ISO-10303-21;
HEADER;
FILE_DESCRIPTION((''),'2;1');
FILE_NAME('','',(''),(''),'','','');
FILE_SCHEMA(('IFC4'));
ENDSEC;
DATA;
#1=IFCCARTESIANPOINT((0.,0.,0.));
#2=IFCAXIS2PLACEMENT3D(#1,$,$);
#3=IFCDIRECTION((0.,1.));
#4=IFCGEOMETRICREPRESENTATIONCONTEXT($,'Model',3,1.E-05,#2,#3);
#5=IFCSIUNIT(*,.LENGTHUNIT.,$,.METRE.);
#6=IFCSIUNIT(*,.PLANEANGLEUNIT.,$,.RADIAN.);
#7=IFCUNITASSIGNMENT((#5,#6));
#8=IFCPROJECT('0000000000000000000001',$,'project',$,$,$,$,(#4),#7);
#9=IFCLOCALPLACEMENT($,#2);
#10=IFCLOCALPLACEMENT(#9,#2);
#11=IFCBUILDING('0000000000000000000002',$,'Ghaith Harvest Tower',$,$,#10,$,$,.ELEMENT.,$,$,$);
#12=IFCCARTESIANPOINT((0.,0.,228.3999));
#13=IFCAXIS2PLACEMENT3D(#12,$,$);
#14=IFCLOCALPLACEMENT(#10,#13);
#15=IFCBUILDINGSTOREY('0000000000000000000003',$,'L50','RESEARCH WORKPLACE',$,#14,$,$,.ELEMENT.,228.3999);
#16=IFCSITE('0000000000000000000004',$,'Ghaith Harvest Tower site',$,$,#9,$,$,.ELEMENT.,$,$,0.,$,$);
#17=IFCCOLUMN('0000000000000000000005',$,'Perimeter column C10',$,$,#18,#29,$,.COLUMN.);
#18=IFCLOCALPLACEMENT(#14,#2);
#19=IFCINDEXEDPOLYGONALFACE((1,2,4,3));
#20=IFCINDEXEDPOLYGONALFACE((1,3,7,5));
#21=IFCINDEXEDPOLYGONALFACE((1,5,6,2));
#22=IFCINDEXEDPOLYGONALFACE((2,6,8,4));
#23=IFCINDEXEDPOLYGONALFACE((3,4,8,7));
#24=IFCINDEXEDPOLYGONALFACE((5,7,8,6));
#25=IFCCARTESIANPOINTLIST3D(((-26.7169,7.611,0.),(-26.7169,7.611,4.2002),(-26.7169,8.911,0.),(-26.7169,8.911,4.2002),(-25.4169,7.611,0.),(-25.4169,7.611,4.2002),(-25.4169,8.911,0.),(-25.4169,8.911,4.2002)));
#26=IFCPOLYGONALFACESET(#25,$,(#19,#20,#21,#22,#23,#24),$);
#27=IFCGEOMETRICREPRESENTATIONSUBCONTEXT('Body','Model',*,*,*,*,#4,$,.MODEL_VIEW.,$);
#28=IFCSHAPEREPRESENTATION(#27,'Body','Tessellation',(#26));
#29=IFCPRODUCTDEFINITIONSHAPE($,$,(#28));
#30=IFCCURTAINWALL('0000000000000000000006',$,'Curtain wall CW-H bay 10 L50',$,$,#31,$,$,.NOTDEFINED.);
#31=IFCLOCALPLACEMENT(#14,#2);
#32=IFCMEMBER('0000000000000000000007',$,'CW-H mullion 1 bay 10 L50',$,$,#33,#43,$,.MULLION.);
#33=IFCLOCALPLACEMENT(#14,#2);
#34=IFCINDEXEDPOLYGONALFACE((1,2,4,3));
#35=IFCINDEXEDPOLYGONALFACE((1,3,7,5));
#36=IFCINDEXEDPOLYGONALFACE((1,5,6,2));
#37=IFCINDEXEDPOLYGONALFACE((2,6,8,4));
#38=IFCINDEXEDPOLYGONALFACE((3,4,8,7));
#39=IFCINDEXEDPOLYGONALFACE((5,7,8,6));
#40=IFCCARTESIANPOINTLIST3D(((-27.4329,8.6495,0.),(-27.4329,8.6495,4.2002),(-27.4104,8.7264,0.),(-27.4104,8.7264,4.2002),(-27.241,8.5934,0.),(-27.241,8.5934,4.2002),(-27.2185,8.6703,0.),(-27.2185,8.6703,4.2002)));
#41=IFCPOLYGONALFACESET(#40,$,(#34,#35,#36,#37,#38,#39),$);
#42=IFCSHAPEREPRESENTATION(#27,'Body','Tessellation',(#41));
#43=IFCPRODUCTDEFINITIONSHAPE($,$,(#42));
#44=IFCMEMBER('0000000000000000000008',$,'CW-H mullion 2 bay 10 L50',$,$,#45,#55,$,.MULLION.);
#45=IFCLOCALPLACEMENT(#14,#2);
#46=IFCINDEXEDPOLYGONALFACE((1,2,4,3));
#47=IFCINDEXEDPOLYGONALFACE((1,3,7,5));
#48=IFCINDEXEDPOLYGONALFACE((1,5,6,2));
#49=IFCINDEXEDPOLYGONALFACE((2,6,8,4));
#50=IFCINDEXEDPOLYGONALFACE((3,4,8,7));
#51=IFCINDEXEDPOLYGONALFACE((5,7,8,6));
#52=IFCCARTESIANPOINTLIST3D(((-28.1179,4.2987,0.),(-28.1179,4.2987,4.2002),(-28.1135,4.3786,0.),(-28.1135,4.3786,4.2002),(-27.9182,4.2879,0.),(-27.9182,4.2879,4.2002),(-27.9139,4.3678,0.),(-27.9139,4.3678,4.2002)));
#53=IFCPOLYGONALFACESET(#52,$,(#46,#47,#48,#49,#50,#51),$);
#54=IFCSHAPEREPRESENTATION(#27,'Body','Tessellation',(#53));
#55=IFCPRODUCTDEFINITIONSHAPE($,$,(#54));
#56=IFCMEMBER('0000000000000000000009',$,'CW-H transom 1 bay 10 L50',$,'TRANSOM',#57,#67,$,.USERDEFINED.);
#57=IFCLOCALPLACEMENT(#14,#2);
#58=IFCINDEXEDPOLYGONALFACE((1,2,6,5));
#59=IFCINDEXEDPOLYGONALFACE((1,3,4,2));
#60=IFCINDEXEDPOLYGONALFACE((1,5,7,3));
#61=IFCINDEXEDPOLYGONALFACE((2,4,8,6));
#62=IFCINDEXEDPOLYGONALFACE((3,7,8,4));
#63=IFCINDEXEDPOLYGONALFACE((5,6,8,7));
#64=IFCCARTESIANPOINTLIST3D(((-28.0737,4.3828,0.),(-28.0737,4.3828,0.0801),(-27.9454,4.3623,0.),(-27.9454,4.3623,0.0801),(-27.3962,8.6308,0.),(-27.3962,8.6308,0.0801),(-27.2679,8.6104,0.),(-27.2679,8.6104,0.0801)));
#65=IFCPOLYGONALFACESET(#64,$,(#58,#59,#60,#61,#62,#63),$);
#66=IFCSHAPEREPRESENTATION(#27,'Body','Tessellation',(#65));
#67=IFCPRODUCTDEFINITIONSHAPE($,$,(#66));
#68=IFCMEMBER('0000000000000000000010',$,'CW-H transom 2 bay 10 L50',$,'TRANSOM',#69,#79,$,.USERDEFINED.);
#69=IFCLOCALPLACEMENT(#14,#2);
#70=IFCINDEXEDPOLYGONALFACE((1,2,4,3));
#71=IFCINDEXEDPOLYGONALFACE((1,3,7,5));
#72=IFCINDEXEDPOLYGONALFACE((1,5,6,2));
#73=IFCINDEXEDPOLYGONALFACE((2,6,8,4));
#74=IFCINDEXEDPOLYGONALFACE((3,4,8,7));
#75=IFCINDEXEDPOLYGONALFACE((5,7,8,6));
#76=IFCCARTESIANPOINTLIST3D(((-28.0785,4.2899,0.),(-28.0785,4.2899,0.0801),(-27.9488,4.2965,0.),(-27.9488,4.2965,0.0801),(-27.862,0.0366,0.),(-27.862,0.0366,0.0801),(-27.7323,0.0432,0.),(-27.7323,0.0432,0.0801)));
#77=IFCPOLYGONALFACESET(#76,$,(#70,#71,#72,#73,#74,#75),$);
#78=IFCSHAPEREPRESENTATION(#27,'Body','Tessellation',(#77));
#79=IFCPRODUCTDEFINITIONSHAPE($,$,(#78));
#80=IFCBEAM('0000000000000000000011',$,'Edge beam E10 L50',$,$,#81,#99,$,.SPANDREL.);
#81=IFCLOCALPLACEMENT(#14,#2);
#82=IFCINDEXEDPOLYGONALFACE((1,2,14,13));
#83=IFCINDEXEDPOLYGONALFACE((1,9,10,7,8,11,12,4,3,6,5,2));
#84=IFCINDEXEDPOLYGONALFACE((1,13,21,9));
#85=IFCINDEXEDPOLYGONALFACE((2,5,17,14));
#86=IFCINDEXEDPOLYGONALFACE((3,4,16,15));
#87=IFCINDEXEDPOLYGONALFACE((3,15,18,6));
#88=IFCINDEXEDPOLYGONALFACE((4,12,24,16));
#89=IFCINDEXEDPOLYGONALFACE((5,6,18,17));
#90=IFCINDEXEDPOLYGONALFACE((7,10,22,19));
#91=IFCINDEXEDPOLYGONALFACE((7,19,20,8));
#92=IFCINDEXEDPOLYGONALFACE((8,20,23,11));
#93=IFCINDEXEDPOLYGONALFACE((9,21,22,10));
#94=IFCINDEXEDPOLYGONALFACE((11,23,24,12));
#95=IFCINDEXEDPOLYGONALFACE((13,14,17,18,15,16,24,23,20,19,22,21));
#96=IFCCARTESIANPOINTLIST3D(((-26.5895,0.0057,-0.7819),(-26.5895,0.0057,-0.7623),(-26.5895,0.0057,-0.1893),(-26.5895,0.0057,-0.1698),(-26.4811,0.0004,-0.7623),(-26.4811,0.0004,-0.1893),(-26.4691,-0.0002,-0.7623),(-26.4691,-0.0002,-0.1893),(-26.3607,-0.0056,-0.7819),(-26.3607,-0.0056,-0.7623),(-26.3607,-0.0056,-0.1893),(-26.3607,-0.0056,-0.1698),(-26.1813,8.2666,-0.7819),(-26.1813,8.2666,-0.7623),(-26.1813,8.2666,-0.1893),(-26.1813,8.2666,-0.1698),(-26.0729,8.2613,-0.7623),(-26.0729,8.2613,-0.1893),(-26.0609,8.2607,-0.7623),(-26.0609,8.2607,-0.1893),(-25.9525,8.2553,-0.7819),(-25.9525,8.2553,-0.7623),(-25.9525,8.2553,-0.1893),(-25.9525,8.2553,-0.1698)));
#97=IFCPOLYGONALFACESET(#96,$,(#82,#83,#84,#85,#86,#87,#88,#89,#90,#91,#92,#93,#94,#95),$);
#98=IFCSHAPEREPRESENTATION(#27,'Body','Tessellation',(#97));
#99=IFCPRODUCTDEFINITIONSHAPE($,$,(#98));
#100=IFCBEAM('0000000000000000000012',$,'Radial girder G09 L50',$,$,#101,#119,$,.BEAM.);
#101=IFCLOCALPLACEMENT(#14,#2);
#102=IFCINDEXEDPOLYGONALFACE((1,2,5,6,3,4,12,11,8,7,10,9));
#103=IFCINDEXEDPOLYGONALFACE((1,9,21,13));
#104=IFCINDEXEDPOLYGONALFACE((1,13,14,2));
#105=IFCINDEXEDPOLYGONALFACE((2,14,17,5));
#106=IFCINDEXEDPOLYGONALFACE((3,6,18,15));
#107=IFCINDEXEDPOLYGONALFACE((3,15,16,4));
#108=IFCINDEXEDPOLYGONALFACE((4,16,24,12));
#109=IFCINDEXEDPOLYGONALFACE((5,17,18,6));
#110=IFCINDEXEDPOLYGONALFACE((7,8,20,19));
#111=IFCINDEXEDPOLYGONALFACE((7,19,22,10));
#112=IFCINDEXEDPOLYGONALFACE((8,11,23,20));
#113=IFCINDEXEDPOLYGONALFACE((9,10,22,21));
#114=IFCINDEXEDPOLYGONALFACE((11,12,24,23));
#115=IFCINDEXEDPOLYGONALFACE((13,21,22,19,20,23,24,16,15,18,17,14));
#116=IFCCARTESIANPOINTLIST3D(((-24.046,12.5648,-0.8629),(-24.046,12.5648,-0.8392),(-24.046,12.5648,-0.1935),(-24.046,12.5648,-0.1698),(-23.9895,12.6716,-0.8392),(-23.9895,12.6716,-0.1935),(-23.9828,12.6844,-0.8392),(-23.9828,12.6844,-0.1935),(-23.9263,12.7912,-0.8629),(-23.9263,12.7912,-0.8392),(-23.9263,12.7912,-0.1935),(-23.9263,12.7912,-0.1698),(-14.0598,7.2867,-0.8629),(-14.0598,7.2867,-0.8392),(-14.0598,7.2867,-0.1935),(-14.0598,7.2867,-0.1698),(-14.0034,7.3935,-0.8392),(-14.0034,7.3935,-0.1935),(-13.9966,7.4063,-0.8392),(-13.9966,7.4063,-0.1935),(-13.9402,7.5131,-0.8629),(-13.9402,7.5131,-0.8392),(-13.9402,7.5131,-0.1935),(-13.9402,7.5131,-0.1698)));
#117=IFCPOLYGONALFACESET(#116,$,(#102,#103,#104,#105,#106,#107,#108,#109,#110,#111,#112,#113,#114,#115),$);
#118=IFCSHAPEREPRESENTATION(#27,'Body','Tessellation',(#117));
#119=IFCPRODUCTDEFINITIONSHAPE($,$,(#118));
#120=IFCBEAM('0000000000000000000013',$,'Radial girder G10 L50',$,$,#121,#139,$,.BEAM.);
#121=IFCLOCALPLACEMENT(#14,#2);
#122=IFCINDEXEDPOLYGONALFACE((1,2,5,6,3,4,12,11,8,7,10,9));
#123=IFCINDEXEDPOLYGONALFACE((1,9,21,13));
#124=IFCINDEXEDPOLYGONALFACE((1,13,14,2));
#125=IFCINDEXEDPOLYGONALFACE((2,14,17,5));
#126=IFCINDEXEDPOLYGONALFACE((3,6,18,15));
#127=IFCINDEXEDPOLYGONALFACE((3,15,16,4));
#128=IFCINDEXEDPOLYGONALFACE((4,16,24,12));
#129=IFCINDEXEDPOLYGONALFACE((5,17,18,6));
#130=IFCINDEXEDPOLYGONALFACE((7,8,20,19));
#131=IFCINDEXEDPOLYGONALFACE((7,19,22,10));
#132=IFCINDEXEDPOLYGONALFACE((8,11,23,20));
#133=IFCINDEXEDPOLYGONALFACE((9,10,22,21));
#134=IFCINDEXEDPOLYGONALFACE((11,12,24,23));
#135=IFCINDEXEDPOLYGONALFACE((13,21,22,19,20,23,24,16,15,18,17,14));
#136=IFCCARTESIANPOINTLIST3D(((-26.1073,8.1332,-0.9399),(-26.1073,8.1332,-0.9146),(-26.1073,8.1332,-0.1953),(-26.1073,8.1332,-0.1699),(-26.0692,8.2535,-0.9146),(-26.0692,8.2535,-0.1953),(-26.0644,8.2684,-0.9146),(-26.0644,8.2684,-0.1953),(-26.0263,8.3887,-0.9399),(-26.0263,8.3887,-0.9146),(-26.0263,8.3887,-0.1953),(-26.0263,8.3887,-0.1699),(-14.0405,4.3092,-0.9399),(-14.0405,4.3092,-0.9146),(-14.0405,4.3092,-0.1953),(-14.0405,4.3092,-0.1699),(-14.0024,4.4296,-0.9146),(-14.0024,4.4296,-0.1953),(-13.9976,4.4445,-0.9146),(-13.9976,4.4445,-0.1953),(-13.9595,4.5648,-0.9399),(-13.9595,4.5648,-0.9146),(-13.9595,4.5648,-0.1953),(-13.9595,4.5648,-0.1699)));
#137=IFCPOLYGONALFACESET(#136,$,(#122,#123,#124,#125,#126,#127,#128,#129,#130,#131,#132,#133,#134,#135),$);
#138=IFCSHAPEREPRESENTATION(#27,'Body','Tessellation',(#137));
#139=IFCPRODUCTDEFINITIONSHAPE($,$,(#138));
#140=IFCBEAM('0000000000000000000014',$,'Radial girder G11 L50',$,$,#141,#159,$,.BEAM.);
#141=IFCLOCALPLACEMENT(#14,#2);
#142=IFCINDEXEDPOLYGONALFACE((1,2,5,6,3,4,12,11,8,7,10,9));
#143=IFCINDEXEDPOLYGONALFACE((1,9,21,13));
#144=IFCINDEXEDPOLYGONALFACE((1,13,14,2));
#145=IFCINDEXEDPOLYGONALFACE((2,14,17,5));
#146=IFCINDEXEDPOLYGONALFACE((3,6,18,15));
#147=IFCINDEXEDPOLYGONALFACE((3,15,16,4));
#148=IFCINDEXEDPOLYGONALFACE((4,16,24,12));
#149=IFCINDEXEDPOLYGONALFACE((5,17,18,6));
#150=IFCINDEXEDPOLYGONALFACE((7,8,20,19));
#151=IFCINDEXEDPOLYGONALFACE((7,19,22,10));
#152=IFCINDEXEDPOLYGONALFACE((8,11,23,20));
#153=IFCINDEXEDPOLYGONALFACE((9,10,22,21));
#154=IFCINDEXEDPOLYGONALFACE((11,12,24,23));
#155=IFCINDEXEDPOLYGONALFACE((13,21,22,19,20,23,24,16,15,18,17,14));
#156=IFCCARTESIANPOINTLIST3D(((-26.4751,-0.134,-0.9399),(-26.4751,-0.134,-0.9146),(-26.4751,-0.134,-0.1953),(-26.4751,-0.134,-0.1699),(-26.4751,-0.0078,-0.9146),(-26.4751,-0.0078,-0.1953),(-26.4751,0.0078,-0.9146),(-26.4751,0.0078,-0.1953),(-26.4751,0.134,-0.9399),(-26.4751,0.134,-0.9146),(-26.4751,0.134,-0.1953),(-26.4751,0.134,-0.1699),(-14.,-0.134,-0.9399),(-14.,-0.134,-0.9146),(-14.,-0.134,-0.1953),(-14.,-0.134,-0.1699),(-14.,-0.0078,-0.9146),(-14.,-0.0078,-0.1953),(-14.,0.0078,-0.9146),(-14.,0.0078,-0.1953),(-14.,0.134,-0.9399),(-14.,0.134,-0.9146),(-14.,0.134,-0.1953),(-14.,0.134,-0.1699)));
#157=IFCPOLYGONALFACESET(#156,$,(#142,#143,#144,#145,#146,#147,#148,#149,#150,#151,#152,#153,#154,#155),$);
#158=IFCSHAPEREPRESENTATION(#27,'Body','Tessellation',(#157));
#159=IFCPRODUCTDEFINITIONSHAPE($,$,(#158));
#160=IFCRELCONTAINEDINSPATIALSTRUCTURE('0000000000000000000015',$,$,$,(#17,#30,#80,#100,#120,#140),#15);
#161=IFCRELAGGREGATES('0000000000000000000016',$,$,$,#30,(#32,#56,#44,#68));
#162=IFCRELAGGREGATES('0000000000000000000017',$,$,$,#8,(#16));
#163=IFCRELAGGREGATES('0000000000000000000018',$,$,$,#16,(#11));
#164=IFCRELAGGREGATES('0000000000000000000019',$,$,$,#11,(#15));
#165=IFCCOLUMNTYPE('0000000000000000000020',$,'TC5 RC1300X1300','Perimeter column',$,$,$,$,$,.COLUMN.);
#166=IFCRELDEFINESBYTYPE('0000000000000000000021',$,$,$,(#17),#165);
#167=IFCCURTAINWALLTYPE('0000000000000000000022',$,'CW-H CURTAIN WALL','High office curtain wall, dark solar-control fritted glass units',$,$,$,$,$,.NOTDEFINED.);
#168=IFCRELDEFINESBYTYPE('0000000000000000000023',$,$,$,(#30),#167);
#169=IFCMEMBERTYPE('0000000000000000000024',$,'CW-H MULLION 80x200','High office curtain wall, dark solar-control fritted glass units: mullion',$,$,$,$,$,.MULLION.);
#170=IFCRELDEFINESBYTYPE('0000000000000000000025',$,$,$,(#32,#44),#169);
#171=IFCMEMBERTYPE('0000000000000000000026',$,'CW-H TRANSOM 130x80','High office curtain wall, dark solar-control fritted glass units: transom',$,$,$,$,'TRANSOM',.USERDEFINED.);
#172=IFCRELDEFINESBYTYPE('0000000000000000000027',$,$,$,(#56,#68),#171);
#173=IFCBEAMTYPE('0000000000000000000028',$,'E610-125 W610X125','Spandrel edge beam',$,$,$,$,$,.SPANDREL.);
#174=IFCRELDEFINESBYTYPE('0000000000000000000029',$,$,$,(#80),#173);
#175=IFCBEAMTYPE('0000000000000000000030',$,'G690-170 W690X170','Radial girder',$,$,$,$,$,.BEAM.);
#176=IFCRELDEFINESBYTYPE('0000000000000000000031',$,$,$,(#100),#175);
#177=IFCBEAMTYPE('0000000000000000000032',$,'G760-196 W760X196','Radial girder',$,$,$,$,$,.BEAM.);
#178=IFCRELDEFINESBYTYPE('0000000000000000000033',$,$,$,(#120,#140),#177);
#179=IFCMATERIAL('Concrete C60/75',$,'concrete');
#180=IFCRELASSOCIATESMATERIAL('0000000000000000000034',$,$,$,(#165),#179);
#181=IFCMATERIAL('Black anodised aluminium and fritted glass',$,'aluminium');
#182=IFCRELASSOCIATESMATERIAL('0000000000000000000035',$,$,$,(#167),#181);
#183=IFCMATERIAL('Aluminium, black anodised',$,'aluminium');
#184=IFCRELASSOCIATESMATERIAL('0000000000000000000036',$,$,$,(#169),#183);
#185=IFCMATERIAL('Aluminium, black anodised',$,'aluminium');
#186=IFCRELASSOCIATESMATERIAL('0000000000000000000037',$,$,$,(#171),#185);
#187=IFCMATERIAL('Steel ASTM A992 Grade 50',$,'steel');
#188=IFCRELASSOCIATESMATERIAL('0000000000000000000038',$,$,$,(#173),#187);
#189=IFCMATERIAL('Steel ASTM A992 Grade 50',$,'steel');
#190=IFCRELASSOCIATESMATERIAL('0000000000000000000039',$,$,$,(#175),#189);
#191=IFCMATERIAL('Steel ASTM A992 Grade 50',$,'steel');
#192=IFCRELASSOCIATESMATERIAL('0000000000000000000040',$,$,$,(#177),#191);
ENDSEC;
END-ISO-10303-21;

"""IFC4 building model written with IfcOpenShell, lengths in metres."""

from ifc_helpers import new_model, si_unit, direction, frame, origin, origin_2d, place, context, subcontext, project, spatial, rectangle, i_section, extrude, material, material_profile, profile_set, type_object, element, aggregate, save


model = new_model("IFC4")

# Units and contexts
model_context = context("Model", 3, precision=1e-05, world=origin(), true_north=direction((0.0, 1.0)))
body_context = subcontext(model_context, "Body", "Model", "MODEL_VIEW")
ifc_project = project(units=[si_unit("LENGTHUNIT", "METRE"), si_unit("PLANEANGLEUNIT", "RADIAN")], contexts=[model_context])

# Site, building, storey
site_placement = place(None, origin())
site = spatial("IfcSite", under=ifc_project, at=site_placement, Name="Ghaith Harvest Tower site", CompositionType="ELEMENT", RefElevation=0.0)
building_placement = place(site_placement, origin())
building = spatial("IfcBuilding", under=site, at=building_placement, Name="Ghaith Harvest Tower", CompositionType="ELEMENT")
storey_placement = place(building_placement, frame((0.0, 0.0, 228.3999)))
storey = spatial("IfcBuildingStorey", under=building, at=storey_placement, Name="L50", Description="RESEARCH WORKPLACE", CompositionType="ELEMENT", Elevation=228.3999)

# Column
ifc_material_1 = material(Name="Concrete C60/75", Category="concrete")
ifc_material_profile_1 = material_profile(ifc_material_1, rectangle(XDim=1.3, YDim=1.3, at=origin_2d()), Name="RC1300X1300")
ifc_profile_set_1 = profile_set([ifc_material_profile_1], Name="Concrete C60/75")
column_type = type_object("IfcColumnType", Name="TC5 RC1300X1300", Description="Perimeter column", PredefinedType="COLUMN", material=ifc_profile_set_1)
column_placement = place(storey_placement, frame((-26.0669, 8.261, 0.0), z_axis=(0.0, 0.0, 1.0), x_axis=(1.0, 0.0, 0.0)))
element("IfcColumn", 1, at=column_placement, inside=storey, type_object=column_type, Name="Perimeter column C10", PredefinedType="COLUMN", context=body_context, shape_type="SweptSolid", body=[
    extrude(rectangle(XDim=1.3, YDim=1.3, at=origin_2d()), origin(), (0.0, 0.0, 1.0), 4.2002),
])

# Curtain wall, members
ifc_material_2 = material(Name="Black anodised aluminium and fritted glass", Category="aluminium")
curtain_wall_type = type_object("IfcCurtainWallType", Name="CW-H CURTAIN WALL", Description="High office curtain wall, dark solar-control fritted glass units", PredefinedType="NOTDEFINED", material=ifc_material_2)
curtain_wall_placement = place(storey_placement, origin())
curtain_wall = element("IfcCurtainWall", 2, at=curtain_wall_placement, inside=storey, type_object=curtain_wall_type, Name="Curtain wall CW-H bay 10 L50", PredefinedType="NOTDEFINED")
ifc_material_3 = material(Name="Aluminium, black anodised", Category="aluminium")
ifc_material_profile_2 = material_profile(ifc_material_3, rectangle(XDim=0.0801, YDim=0.2, at=origin_2d()), Name="CW-H MULLION 80x200")
ifc_profile_set_2 = profile_set([ifc_material_profile_2], Name="Aluminium, black anodised")
member_type_1 = type_object("IfcMemberType", Name="CW-H MULLION 80x200", Description="High office curtain wall, dark solar-control fritted glass units: mullion", PredefinedType="MULLION", material=ifc_profile_set_2)
member_1_placement = place(storey_placement, frame((-27.3257, 8.6599, 0.0), z_axis=(0.0, 0.0, 1.0), x_axis=(-0.28052, -0.959848, 0.0)))
member_1 = element("IfcMember", 3, at=member_1_placement, type_object=member_type_1, Name="CW-H mullion 1 bay 10 L50", PredefinedType="MULLION", context=body_context, shape_type="SweptSolid", body=[
    extrude(rectangle(XDim=0.0801, YDim=0.2, at=origin_2d()), origin(), (0.0, 0.0, 1.0), 4.2002),
])
member_2_placement = place(storey_placement, frame((-28.0159, 4.3333, 0.0), z_axis=(0.0, 0.0, 1.0), x_axis=(-0.054116, -0.998535, 0.0)))
member_2 = element("IfcMember", 4, at=member_2_placement, type_object=member_type_1, Name="CW-H mullion 2 bay 10 L50", PredefinedType="MULLION", context=body_context, shape_type="SweptSolid", body=[
    extrude(rectangle(XDim=0.0801, YDim=0.2, at=origin_2d()), origin(), (0.0, 0.0, 1.0), 4.2002),
])
ifc_material_4 = material(Name="Aluminium, black anodised", Category="aluminium")
ifc_material_profile_3 = material_profile(ifc_material_4, rectangle(XDim=0.1299, YDim=0.0801, at=origin_2d()), Name="CW-H TRANSOM 130x80")
ifc_profile_set_3 = profile_set([ifc_material_profile_3], Name="Aluminium, black anodised")
member_type_2 = type_object("IfcMemberType", Name="CW-H TRANSOM 130x80", Description="High office curtain wall, dark solar-control fritted glass units: transom", ElementType="TRANSOM", PredefinedType="USERDEFINED", material=ifc_profile_set_3)
member_3_placement = place(storey_placement, frame((-27.332, 8.6206, 0.04), z_axis=(-0.157492, -0.98752, 0.0), x_axis=(0.98752, -0.157492, 0.0)))
member_3 = element("IfcMember", 5, at=member_3_placement, type_object=member_type_2, Name="CW-H transom 1 bay 10 L50", ObjectType="TRANSOM", PredefinedType="USERDEFINED", context=body_context, shape_type="SweptSolid", body=[
    extrude(rectangle(XDim=0.1299, YDim=0.0801, at=origin_2d()), origin(), (0.0, 0.0, 1.0), 4.3018),
])
member_4_placement = place(storey_placement, frame((-28.0137, 4.2932, 0.04), z_axis=(0.05085, -0.998706, 0.0), x_axis=(0.998706, 0.05085, 0.0)))
member_4 = element("IfcMember", 6, at=member_4_placement, type_object=member_type_2, Name="CW-H transom 2 bay 10 L50", ObjectType="TRANSOM", PredefinedType="USERDEFINED", context=body_context, shape_type="SweptSolid", body=[
    extrude(rectangle(XDim=0.1299, YDim=0.0801, at=origin_2d()), origin(), (0.0, 0.0, 1.0), 4.2588),
])

# Beams
ifc_material_5 = material(Name="Steel ASTM A992 Grade 50", Category="steel")
ifc_material_profile_4 = material_profile(ifc_material_5, i_section(OverallWidth=0.229, OverallDepth=0.6121, WebThickness=0.012, FlangeThickness=0.0195, at=origin_2d()), Name="W610X125")
ifc_profile_set_4 = profile_set([ifc_material_profile_4], Name="Steel ASTM A992 Grade 50")
beam_type_1 = type_object("IfcBeamType", Name="E610-125 W610X125", Description="Spandrel edge beam", PredefinedType="SPANDREL", material=ifc_profile_set_4)
beam_1_placement = place(storey_placement, frame((-26.0669, 8.261, -0.4758), z_axis=(-0.049353, -0.998781, 0.0), x_axis=(0.998781, -0.049353, 0.0)))
element("IfcBeam", 7, at=beam_1_placement, inside=storey, type_object=beam_type_1, Name="Edge beam E10 L50", PredefinedType="SPANDREL", context=body_context, shape_type="SweptSolid", body=[
    extrude(i_section(OverallWidth=0.229, OverallDepth=0.6121, WebThickness=0.012, FlangeThickness=0.0195, at=origin_2d()), origin(), (0.0, 0.0, 1.0), 8.271),
])
ifc_material_6 = material(Name="Steel ASTM A992 Grade 50", Category="steel")
ifc_material_profile_5 = material_profile(ifc_material_6, i_section(OverallWidth=0.2561, OverallDepth=0.6931, WebThickness=0.0144, FlangeThickness=0.0237, at=origin_2d()), Name="W690X170")
ifc_profile_set_5 = profile_set([ifc_material_profile_5], Name="Steel ASTM A992 Grade 50")
beam_type_2 = type_object("IfcBeamType", Name="G690-170 W690X170", Description="Radial girder", PredefinedType="BEAM", material=ifc_profile_set_5)
beam_2_placement = place(storey_placement, frame((-14.0, 7.3999, -0.5164), z_axis=(-0.884105, 0.467288, 0.0), x_axis=(-0.467288, -0.884105, 0.0)))
element("IfcBeam", 8, at=beam_2_placement, inside=storey, type_object=beam_type_2, Name="Radial girder G09 L50", PredefinedType="BEAM", context=body_context, shape_type="SweptSolid", body=[
    extrude(i_section(OverallWidth=0.2561, OverallDepth=0.6931, WebThickness=0.0144, FlangeThickness=0.0237, at=origin_2d()), origin(), (0.0, 0.0, 1.0), 11.2952),
])
ifc_material_7 = material(Name="Steel ASTM A992 Grade 50", Category="steel")
ifc_material_profile_6 = material_profile(ifc_material_7, i_section(OverallWidth=0.2681, OverallDepth=0.77, WebThickness=0.0156, FlangeThickness=0.0254, at=origin_2d()), Name="W760X196")
ifc_profile_set_6 = profile_set([ifc_material_profile_6], Name="Steel ASTM A992 Grade 50")
beam_type_3 = type_object("IfcBeamType", Name="G760-196 W760X196", Description="Radial girder", PredefinedType="BEAM", material=ifc_profile_set_6)
beam_3_placement = place(storey_placement, frame((-14.0, 4.437, -0.5549), z_axis=(-0.953279, 0.302092, 0.0), x_axis=(-0.302092, -0.953279, 0.0)))
element("IfcBeam", 9, at=beam_3_placement, inside=storey, type_object=beam_type_3, Name="Radial girder G10 L50", PredefinedType="BEAM", context=body_context, shape_type="SweptSolid", body=[
    extrude(i_section(OverallWidth=0.2681, OverallDepth=0.77, WebThickness=0.0156, FlangeThickness=0.0254, at=origin_2d()), origin(), (0.0, 0.0, 1.0), 12.6582),
])
beam_4_placement = place(storey_placement, frame((-14.0, 0.0, -0.5549), z_axis=(-1.0, 0.0, 0.0), x_axis=(0.0, -1.0, 0.0)))
element("IfcBeam", 10, at=beam_4_placement, inside=storey, type_object=beam_type_3, Name="Radial girder G11 L50", PredefinedType="BEAM", context=body_context, shape_type="SweptSolid", body=[
    extrude(i_section(OverallWidth=0.2681, OverallDepth=0.77, WebThickness=0.0156, FlangeThickness=0.0254, at=origin_2d()), origin(), (0.0, 0.0, 1.0), 12.4751),
])

aggregate(curtain_wall, [member_1, member_3, member_2, member_4])

save(model, "model.ifc")
